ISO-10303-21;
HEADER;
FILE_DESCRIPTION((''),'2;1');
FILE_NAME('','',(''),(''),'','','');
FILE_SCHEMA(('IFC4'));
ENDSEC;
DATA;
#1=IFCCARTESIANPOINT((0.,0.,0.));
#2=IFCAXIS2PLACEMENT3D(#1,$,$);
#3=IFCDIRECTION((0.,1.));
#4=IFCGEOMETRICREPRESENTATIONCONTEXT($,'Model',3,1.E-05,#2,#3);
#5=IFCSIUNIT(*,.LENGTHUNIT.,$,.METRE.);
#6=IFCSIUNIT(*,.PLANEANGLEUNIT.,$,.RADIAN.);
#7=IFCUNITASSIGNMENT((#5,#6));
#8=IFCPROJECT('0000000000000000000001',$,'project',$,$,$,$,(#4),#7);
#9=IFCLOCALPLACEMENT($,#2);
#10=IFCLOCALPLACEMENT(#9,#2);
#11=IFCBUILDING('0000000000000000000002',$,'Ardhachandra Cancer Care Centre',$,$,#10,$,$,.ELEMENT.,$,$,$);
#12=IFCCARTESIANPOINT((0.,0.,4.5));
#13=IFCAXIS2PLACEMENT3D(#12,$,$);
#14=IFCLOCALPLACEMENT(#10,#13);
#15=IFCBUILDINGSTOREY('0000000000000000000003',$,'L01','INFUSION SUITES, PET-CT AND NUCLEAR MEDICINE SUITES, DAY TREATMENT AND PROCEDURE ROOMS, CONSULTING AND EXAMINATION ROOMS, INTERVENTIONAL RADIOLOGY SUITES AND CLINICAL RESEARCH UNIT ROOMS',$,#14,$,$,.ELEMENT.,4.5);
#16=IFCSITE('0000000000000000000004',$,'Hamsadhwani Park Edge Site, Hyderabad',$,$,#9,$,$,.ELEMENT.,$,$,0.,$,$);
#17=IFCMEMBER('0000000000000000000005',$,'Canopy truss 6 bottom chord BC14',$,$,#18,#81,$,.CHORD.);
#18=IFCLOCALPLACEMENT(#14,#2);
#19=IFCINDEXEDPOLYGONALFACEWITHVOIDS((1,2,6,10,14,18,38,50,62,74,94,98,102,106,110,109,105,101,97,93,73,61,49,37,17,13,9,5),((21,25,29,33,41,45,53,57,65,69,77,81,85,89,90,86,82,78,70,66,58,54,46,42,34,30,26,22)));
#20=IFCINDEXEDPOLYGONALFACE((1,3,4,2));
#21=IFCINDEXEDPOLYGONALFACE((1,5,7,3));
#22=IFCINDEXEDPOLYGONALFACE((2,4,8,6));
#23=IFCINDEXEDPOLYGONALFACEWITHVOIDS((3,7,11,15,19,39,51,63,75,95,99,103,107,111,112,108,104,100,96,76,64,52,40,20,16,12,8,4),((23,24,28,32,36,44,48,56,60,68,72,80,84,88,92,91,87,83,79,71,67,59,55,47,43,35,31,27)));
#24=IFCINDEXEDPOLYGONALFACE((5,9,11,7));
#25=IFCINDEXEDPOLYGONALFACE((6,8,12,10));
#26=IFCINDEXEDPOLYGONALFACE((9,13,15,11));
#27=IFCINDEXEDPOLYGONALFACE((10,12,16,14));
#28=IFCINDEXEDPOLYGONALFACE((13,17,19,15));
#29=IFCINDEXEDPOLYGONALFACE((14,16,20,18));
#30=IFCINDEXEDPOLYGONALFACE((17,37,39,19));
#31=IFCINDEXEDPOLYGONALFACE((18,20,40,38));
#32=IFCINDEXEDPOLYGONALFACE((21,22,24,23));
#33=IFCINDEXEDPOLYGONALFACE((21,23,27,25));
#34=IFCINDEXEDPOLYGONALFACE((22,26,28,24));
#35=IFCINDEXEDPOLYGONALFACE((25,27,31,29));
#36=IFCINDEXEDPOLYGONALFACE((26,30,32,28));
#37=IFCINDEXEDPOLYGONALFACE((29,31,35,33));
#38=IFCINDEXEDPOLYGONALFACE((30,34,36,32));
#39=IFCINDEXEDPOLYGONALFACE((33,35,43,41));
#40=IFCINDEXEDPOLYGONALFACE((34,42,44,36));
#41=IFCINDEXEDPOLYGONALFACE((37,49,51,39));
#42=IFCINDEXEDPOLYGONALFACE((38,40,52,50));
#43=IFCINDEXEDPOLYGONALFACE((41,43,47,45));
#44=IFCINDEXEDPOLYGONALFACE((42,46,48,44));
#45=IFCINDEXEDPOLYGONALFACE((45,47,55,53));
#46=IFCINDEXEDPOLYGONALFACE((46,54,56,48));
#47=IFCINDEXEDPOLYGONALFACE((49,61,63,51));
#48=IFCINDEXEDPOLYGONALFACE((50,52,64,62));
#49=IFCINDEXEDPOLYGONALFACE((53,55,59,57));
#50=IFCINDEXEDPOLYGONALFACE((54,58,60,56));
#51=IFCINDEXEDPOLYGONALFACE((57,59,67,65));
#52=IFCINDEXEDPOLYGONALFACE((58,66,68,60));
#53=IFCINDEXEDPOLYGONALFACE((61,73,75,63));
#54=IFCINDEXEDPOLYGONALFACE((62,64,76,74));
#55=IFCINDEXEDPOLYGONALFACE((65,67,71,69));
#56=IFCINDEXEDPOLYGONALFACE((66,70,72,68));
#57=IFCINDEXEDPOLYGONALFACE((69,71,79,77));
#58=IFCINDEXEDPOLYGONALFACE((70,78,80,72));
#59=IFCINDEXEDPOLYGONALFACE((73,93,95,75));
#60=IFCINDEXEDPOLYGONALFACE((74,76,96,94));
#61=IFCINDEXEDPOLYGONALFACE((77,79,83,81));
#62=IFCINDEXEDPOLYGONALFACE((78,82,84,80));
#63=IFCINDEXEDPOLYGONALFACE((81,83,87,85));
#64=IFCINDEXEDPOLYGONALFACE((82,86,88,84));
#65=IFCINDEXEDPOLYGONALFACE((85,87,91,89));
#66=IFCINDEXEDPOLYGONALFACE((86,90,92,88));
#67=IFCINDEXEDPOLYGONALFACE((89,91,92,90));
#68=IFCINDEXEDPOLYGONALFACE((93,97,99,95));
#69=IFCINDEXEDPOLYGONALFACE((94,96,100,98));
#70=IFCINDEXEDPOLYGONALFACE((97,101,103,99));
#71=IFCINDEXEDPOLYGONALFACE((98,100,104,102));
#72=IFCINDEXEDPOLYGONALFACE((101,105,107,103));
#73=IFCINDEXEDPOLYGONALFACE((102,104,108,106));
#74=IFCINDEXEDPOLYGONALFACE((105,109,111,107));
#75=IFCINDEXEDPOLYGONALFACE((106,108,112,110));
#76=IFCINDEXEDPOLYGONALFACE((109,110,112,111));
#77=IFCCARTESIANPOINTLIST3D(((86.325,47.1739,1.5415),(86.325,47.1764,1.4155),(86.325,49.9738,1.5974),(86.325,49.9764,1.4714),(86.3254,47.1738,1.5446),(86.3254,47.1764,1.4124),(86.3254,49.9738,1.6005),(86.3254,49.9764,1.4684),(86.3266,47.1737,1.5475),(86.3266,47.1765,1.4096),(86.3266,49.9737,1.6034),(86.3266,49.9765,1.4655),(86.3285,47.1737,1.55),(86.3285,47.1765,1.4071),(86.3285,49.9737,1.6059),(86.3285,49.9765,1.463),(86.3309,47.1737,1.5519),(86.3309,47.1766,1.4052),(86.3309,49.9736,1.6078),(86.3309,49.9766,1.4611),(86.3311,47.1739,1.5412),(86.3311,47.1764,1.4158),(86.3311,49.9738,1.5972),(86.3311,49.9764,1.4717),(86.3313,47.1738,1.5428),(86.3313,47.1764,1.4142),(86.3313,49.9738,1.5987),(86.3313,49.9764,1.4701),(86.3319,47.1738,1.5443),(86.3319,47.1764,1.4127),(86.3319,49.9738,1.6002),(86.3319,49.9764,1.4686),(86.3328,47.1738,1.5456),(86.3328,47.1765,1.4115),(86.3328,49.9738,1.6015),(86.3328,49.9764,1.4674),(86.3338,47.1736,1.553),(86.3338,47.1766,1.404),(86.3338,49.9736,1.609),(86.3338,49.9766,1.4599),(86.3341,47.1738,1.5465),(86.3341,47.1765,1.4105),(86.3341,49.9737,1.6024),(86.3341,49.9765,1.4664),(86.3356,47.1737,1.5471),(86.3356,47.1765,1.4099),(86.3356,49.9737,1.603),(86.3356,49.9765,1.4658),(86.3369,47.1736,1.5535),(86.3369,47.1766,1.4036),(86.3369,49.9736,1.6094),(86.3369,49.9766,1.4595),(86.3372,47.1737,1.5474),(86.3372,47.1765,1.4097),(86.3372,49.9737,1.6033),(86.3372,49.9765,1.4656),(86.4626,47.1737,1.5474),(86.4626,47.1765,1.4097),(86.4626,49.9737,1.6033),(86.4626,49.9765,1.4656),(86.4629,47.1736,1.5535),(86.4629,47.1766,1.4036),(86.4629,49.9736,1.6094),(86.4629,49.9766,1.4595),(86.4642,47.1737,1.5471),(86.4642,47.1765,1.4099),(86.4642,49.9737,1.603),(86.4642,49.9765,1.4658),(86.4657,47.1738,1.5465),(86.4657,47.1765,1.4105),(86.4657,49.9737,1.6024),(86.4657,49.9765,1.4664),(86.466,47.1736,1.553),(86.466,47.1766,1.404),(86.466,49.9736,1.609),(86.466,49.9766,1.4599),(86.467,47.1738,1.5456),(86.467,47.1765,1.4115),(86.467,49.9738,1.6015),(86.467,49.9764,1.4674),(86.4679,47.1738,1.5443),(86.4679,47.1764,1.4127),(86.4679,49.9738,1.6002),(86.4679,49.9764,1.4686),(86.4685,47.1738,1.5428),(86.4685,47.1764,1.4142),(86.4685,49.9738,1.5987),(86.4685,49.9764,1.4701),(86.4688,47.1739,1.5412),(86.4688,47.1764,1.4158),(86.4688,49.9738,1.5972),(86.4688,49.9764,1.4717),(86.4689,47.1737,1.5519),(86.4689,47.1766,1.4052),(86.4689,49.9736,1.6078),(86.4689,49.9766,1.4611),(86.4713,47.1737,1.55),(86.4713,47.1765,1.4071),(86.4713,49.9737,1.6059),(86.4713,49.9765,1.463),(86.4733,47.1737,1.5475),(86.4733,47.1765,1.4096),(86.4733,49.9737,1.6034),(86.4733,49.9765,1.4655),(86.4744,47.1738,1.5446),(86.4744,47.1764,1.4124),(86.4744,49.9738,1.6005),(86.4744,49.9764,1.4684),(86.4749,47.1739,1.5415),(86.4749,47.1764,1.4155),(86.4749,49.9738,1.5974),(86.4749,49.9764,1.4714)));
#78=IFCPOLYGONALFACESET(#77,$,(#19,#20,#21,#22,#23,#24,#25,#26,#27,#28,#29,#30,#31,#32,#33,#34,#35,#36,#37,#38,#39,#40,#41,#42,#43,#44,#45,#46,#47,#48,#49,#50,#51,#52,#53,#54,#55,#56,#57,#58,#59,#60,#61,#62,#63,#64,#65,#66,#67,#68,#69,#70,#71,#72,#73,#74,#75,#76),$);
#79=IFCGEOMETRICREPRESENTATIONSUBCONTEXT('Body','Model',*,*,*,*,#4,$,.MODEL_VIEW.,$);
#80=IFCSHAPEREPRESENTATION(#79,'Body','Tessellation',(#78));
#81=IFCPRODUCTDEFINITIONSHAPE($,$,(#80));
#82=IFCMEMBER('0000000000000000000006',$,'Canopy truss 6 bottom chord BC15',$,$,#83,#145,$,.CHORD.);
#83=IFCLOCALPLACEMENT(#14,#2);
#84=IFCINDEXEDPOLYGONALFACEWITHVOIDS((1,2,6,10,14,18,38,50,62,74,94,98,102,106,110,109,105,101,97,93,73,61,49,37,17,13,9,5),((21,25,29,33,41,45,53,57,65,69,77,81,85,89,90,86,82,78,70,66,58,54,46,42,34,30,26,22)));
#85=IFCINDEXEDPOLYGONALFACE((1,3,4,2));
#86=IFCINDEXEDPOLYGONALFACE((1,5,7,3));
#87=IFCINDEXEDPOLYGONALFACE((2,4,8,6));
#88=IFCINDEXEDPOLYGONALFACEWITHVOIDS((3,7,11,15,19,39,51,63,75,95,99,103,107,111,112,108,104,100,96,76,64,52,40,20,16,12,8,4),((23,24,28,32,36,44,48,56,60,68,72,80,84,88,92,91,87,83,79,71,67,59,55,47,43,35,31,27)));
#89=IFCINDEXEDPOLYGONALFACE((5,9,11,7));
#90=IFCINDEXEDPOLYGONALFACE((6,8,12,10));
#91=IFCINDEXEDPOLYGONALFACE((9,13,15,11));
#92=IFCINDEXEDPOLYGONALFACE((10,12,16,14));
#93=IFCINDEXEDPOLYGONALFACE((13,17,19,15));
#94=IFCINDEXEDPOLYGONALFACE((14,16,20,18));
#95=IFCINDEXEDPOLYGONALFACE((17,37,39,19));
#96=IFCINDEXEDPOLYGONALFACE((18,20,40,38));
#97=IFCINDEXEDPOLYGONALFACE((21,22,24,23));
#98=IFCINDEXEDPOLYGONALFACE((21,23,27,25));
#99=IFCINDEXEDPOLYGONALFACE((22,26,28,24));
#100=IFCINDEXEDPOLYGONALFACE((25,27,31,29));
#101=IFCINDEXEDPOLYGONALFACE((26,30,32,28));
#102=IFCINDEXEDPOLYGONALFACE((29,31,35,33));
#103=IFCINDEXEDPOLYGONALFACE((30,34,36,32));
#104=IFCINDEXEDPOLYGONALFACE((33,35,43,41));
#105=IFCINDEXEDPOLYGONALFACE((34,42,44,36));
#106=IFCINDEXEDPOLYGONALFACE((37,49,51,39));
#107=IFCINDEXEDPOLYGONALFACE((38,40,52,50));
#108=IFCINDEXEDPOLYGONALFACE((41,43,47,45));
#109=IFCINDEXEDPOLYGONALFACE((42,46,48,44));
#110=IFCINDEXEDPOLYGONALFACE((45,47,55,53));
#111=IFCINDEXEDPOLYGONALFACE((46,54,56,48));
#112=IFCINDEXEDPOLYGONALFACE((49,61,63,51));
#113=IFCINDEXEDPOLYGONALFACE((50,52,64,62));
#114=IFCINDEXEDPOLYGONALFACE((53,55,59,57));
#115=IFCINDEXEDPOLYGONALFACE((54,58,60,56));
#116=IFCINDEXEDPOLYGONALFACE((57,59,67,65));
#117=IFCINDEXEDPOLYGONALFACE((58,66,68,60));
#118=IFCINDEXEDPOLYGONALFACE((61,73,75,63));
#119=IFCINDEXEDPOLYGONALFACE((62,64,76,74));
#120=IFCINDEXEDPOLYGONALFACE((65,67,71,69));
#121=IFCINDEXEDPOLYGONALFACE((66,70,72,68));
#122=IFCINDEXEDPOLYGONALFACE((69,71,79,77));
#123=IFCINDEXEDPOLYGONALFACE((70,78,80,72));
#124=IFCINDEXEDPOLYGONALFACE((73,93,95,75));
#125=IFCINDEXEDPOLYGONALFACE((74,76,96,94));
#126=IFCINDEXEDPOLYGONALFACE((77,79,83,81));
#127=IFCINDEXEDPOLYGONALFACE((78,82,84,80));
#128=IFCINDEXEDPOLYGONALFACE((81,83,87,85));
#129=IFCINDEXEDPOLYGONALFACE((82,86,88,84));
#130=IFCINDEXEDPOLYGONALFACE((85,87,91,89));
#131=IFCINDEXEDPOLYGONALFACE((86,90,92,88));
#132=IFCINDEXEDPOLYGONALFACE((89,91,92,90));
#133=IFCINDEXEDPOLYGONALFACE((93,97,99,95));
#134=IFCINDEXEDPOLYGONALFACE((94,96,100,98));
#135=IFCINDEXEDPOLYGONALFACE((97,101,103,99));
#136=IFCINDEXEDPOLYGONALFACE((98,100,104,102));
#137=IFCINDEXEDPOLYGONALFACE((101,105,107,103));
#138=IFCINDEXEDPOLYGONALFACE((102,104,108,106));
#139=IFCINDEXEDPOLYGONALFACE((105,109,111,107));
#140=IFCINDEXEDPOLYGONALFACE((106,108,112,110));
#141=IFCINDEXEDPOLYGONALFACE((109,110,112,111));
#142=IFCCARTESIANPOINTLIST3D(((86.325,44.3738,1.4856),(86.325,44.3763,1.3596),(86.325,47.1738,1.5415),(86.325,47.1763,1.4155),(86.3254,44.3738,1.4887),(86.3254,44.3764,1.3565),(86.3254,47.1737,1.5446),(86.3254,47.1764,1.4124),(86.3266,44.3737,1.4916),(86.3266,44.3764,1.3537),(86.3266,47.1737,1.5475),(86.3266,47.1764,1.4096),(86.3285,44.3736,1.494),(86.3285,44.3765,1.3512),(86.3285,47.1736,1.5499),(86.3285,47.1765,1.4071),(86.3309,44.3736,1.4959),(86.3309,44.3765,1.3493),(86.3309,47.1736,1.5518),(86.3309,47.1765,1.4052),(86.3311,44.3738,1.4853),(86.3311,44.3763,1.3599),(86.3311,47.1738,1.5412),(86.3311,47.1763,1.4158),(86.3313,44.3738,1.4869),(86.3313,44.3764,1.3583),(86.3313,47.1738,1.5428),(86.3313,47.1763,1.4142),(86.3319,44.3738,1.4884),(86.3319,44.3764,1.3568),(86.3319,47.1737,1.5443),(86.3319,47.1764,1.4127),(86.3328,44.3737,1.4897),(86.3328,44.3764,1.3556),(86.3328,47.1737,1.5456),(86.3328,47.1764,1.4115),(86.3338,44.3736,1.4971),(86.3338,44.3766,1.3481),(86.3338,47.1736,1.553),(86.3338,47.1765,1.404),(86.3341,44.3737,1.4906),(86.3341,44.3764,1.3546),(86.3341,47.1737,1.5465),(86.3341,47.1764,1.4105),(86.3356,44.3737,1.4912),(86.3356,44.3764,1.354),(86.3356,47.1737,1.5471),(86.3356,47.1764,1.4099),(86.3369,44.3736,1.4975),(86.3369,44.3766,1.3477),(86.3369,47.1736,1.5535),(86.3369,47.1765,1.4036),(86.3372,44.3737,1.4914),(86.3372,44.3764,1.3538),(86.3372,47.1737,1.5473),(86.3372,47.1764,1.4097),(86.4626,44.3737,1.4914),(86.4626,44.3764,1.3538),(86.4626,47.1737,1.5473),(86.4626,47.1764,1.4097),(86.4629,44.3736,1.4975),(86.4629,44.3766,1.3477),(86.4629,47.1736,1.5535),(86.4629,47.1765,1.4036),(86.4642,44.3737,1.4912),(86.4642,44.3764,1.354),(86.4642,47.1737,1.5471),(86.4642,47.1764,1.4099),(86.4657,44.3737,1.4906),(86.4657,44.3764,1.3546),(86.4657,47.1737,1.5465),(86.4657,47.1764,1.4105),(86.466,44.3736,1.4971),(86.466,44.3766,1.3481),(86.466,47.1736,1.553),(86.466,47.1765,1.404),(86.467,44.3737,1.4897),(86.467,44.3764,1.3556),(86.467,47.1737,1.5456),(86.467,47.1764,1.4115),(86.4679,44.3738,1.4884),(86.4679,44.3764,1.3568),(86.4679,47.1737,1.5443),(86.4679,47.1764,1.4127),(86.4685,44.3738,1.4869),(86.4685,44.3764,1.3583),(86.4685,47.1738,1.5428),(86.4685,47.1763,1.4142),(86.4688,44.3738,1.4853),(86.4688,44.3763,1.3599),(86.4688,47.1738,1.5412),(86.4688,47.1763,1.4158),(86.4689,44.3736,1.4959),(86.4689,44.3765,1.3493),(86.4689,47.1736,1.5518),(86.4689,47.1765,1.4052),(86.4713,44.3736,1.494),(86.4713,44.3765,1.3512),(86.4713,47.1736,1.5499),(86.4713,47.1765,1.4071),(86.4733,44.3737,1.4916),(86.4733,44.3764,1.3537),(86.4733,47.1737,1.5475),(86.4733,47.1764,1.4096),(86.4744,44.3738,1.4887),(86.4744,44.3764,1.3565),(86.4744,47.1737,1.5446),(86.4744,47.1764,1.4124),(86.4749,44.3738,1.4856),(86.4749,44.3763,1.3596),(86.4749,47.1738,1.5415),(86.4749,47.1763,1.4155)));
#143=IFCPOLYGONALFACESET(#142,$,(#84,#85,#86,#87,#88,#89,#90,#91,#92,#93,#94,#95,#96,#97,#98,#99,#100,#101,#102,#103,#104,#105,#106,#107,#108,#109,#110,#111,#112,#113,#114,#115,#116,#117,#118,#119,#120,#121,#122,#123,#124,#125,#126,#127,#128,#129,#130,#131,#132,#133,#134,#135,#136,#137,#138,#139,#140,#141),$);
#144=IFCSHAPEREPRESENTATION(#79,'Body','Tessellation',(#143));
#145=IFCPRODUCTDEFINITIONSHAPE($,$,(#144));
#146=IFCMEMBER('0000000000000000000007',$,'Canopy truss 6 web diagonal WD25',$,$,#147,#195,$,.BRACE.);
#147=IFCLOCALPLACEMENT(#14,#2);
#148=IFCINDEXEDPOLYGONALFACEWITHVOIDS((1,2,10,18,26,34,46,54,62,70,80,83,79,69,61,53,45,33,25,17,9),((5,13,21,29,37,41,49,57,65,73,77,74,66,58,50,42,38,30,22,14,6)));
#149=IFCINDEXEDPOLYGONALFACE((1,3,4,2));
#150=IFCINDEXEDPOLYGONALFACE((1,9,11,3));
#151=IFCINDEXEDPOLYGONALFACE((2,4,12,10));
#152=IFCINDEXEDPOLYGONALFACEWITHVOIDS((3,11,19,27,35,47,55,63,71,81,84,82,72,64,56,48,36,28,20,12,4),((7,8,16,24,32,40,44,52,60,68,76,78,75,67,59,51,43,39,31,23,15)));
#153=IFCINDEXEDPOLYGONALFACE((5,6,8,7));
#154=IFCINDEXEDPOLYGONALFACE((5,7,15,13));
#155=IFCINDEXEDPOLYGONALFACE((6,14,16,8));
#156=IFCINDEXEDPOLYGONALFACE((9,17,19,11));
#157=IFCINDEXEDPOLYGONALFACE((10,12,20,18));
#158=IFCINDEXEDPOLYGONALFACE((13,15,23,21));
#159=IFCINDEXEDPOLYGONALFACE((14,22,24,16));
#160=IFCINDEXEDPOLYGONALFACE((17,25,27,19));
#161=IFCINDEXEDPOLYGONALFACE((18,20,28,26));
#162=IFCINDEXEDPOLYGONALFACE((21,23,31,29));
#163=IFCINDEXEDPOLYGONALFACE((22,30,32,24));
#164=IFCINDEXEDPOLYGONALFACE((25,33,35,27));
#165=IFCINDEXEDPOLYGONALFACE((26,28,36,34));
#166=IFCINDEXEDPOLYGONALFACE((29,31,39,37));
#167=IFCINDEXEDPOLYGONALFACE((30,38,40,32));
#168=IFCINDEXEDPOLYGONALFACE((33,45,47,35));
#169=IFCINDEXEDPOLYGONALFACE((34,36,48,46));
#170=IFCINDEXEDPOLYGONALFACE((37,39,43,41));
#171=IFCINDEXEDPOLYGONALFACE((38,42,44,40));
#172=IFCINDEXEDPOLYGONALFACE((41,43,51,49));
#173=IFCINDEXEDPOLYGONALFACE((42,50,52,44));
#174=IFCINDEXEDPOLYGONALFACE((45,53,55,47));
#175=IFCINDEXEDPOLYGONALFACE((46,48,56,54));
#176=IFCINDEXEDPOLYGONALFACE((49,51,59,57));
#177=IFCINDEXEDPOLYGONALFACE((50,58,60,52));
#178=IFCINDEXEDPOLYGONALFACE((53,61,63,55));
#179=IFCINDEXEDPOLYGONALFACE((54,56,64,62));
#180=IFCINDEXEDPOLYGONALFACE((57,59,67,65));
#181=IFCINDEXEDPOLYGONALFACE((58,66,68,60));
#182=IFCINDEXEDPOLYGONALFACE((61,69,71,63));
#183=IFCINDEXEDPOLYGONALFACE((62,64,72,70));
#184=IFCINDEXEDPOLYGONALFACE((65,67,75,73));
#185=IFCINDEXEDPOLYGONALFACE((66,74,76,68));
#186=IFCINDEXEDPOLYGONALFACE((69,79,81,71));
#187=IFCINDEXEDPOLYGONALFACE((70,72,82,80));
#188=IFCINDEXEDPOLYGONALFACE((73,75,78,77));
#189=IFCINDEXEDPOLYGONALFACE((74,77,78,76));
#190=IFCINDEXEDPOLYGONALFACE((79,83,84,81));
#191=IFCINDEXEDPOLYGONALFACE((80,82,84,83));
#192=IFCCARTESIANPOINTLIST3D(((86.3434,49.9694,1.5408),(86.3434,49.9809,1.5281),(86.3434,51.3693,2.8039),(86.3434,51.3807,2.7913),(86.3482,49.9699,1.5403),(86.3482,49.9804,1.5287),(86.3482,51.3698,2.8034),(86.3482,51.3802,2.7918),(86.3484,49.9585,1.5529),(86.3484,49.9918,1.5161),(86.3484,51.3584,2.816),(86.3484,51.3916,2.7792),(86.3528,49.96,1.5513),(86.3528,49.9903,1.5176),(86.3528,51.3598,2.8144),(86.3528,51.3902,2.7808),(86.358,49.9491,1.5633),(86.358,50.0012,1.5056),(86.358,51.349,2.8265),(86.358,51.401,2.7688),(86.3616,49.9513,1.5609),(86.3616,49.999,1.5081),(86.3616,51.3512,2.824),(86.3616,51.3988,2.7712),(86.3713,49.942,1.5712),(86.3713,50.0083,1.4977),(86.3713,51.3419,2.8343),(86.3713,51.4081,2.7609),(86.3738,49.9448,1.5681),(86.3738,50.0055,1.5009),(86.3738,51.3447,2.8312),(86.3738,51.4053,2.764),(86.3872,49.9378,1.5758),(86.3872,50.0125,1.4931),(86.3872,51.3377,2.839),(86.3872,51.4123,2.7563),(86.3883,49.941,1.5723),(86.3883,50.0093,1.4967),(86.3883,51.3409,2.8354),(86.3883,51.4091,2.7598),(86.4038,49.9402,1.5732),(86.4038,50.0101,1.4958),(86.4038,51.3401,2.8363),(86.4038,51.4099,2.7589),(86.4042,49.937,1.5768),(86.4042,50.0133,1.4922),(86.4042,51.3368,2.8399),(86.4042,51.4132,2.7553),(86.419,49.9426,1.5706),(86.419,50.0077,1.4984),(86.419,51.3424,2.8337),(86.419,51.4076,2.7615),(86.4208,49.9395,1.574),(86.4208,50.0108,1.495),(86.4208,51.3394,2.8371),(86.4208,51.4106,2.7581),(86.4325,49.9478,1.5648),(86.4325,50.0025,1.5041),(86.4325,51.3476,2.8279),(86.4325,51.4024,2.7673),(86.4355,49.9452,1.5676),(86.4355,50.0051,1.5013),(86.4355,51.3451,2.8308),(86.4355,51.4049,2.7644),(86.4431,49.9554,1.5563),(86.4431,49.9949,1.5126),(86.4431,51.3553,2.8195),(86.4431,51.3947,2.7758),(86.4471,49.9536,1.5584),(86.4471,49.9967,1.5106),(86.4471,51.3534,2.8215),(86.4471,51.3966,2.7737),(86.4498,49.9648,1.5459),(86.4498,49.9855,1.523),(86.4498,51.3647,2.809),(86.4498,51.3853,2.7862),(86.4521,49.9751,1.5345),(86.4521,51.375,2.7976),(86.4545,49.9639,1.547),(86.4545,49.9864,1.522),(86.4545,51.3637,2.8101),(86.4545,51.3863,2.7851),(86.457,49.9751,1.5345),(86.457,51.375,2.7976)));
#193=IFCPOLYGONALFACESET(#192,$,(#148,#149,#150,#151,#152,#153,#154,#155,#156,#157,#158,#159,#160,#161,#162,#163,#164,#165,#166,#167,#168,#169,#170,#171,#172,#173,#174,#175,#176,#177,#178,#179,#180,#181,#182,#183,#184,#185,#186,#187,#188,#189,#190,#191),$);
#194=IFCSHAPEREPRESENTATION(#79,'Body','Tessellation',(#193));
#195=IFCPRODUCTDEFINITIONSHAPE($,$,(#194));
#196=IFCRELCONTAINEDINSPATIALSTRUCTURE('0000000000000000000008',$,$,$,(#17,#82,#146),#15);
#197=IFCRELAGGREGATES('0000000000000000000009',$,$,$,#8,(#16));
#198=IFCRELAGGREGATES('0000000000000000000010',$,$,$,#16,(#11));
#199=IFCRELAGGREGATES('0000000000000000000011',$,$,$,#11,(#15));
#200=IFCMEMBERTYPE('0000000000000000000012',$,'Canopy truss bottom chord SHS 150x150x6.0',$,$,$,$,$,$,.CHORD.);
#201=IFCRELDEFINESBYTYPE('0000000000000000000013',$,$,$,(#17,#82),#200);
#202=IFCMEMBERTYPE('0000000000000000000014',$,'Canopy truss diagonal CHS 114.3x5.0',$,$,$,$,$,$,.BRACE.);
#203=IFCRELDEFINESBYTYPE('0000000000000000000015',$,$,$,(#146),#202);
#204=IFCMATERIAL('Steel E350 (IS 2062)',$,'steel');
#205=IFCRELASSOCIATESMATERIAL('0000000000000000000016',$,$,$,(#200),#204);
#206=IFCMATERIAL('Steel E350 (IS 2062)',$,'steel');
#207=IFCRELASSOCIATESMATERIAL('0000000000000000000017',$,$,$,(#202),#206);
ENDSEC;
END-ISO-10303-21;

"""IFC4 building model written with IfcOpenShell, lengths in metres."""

from ifc_helpers import new_model, si_unit, direction, frame, origin, origin_2d, place, context, subcontext, project, spatial, hollow_rectangle, hollow_circle, extrude, material, material_profile, profile_set, type_object, element, save


model = new_model("IFC4")

# Units and contexts
model_context = context("Model", 3, precision=1e-05, world=origin(), true_north=direction((0.0, 1.0)))
body_context = subcontext(model_context, "Body", "Model", "MODEL_VIEW")
ifc_project = project(units=[si_unit("LENGTHUNIT", "METRE"), si_unit("PLANEANGLEUNIT", "RADIAN")], contexts=[model_context])

# Site, building, storey
site_placement = place(None, origin())
site = spatial("IfcSite", under=ifc_project, at=site_placement, Name="Hamsadhwani Park Edge Site, Hyderabad", CompositionType="ELEMENT", RefElevation=0.0)
building_placement = place(site_placement, origin())
building = spatial("IfcBuilding", under=site, at=building_placement, Name="Ardhachandra Cancer Care Centre", CompositionType="ELEMENT")
storey_placement = place(building_placement, frame((0.0, 0.0, 4.5)))
storey = spatial("IfcBuildingStorey", under=building, at=storey_placement, Name="L01", Description="INFUSION SUITES, PET-CT AND NUCLEAR MEDICINE SUITES, DAY TREATMENT AND PROCEDURE ROOMS, CONSULTING AND EXAMINATION ROOMS, INTERVENTIONAL RADIOLOGY SUITES AND CLINICAL RESEARCH UNIT ROOMS", CompositionType="ELEMENT", Elevation=4.5)

# Members
ifc_material_1 = material(Name="Steel E350 (IS 2062)", Category="steel")
ifc_material_profile_1 = material_profile(ifc_material_1, hollow_rectangle(XDim=0.1499, YDim=0.1499, WallThickness=0.0061, InnerFilletRadius=0.0061, OuterFilletRadius=0.012, at=origin_2d()), Name="SHS 150x150x6.0")
ifc_profile_set_1 = profile_set([ifc_material_profile_1], Name="Steel E350 (IS 2062)")
member_type_1 = type_object("IfcMemberType", Name="Canopy truss bottom chord SHS 150x150x6.0", PredefinedType="CHORD", material=ifc_profile_set_1)
for number, where, z_axis, x_axis, name in (
    (1, (86.3999, 49.9751, 1.5344), (0.0, -0.999801, -0.019963), (1.0, 0.0, 0.0), "Canopy truss 6 bottom chord BC14"),
    (2, (86.3999, 47.175, 1.4785), (0.0, -0.999801, -0.019963), (1.0, 0.0, 0.0), "Canopy truss 6 bottom chord BC15"),
):
    element("IfcMember", number, at=place(storey_placement, frame(where, z_axis=z_axis, x_axis=x_axis)), inside=storey, type_object=member_type_1, Name=name, PredefinedType="CHORD", context=body_context, shape_type="SweptSolid", body=[
        extrude(hollow_rectangle(XDim=0.1499, YDim=0.1499, WallThickness=0.0061, InnerFilletRadius=0.0061, OuterFilletRadius=0.012, at=origin_2d()), origin(), (0.0, 0.0, 1.0), 2.8005),
    ])
ifc_material_2 = material(Name="Steel E350 (IS 2062)", Category="steel")
ifc_material_profile_2 = material_profile(ifc_material_2, hollow_circle(Radius=0.0571, WallThickness=0.0049, at=origin_2d()), Name="CHS 114.3x5.0")
ifc_profile_set_2 = profile_set([ifc_material_profile_2], Name="Steel E350 (IS 2062)")
member_type_2 = type_object("IfcMemberType", Name="Canopy truss diagonal CHS 114.3x5.0", PredefinedType="BRACE", material=ifc_profile_set_2)
member_1_placement = place(storey_placement, frame((86.3999, 51.375, 2.7976), z_axis=(0.0, -0.742431, -0.669923), x_axis=(1.0, 0.0, 0.0)))
element("IfcMember", 3, at=member_1_placement, inside=storey, type_object=member_type_2, Name="Canopy truss 6 web diagonal WD25", PredefinedType="BRACE", context=body_context, shape_type="SweptSolid", body=[
    extrude(hollow_circle(Radius=0.0571, WallThickness=0.0049, at=origin_2d()), origin(), (0.0, 0.0, 1.0), 1.8855),
])

save(model, "model.ifc")
